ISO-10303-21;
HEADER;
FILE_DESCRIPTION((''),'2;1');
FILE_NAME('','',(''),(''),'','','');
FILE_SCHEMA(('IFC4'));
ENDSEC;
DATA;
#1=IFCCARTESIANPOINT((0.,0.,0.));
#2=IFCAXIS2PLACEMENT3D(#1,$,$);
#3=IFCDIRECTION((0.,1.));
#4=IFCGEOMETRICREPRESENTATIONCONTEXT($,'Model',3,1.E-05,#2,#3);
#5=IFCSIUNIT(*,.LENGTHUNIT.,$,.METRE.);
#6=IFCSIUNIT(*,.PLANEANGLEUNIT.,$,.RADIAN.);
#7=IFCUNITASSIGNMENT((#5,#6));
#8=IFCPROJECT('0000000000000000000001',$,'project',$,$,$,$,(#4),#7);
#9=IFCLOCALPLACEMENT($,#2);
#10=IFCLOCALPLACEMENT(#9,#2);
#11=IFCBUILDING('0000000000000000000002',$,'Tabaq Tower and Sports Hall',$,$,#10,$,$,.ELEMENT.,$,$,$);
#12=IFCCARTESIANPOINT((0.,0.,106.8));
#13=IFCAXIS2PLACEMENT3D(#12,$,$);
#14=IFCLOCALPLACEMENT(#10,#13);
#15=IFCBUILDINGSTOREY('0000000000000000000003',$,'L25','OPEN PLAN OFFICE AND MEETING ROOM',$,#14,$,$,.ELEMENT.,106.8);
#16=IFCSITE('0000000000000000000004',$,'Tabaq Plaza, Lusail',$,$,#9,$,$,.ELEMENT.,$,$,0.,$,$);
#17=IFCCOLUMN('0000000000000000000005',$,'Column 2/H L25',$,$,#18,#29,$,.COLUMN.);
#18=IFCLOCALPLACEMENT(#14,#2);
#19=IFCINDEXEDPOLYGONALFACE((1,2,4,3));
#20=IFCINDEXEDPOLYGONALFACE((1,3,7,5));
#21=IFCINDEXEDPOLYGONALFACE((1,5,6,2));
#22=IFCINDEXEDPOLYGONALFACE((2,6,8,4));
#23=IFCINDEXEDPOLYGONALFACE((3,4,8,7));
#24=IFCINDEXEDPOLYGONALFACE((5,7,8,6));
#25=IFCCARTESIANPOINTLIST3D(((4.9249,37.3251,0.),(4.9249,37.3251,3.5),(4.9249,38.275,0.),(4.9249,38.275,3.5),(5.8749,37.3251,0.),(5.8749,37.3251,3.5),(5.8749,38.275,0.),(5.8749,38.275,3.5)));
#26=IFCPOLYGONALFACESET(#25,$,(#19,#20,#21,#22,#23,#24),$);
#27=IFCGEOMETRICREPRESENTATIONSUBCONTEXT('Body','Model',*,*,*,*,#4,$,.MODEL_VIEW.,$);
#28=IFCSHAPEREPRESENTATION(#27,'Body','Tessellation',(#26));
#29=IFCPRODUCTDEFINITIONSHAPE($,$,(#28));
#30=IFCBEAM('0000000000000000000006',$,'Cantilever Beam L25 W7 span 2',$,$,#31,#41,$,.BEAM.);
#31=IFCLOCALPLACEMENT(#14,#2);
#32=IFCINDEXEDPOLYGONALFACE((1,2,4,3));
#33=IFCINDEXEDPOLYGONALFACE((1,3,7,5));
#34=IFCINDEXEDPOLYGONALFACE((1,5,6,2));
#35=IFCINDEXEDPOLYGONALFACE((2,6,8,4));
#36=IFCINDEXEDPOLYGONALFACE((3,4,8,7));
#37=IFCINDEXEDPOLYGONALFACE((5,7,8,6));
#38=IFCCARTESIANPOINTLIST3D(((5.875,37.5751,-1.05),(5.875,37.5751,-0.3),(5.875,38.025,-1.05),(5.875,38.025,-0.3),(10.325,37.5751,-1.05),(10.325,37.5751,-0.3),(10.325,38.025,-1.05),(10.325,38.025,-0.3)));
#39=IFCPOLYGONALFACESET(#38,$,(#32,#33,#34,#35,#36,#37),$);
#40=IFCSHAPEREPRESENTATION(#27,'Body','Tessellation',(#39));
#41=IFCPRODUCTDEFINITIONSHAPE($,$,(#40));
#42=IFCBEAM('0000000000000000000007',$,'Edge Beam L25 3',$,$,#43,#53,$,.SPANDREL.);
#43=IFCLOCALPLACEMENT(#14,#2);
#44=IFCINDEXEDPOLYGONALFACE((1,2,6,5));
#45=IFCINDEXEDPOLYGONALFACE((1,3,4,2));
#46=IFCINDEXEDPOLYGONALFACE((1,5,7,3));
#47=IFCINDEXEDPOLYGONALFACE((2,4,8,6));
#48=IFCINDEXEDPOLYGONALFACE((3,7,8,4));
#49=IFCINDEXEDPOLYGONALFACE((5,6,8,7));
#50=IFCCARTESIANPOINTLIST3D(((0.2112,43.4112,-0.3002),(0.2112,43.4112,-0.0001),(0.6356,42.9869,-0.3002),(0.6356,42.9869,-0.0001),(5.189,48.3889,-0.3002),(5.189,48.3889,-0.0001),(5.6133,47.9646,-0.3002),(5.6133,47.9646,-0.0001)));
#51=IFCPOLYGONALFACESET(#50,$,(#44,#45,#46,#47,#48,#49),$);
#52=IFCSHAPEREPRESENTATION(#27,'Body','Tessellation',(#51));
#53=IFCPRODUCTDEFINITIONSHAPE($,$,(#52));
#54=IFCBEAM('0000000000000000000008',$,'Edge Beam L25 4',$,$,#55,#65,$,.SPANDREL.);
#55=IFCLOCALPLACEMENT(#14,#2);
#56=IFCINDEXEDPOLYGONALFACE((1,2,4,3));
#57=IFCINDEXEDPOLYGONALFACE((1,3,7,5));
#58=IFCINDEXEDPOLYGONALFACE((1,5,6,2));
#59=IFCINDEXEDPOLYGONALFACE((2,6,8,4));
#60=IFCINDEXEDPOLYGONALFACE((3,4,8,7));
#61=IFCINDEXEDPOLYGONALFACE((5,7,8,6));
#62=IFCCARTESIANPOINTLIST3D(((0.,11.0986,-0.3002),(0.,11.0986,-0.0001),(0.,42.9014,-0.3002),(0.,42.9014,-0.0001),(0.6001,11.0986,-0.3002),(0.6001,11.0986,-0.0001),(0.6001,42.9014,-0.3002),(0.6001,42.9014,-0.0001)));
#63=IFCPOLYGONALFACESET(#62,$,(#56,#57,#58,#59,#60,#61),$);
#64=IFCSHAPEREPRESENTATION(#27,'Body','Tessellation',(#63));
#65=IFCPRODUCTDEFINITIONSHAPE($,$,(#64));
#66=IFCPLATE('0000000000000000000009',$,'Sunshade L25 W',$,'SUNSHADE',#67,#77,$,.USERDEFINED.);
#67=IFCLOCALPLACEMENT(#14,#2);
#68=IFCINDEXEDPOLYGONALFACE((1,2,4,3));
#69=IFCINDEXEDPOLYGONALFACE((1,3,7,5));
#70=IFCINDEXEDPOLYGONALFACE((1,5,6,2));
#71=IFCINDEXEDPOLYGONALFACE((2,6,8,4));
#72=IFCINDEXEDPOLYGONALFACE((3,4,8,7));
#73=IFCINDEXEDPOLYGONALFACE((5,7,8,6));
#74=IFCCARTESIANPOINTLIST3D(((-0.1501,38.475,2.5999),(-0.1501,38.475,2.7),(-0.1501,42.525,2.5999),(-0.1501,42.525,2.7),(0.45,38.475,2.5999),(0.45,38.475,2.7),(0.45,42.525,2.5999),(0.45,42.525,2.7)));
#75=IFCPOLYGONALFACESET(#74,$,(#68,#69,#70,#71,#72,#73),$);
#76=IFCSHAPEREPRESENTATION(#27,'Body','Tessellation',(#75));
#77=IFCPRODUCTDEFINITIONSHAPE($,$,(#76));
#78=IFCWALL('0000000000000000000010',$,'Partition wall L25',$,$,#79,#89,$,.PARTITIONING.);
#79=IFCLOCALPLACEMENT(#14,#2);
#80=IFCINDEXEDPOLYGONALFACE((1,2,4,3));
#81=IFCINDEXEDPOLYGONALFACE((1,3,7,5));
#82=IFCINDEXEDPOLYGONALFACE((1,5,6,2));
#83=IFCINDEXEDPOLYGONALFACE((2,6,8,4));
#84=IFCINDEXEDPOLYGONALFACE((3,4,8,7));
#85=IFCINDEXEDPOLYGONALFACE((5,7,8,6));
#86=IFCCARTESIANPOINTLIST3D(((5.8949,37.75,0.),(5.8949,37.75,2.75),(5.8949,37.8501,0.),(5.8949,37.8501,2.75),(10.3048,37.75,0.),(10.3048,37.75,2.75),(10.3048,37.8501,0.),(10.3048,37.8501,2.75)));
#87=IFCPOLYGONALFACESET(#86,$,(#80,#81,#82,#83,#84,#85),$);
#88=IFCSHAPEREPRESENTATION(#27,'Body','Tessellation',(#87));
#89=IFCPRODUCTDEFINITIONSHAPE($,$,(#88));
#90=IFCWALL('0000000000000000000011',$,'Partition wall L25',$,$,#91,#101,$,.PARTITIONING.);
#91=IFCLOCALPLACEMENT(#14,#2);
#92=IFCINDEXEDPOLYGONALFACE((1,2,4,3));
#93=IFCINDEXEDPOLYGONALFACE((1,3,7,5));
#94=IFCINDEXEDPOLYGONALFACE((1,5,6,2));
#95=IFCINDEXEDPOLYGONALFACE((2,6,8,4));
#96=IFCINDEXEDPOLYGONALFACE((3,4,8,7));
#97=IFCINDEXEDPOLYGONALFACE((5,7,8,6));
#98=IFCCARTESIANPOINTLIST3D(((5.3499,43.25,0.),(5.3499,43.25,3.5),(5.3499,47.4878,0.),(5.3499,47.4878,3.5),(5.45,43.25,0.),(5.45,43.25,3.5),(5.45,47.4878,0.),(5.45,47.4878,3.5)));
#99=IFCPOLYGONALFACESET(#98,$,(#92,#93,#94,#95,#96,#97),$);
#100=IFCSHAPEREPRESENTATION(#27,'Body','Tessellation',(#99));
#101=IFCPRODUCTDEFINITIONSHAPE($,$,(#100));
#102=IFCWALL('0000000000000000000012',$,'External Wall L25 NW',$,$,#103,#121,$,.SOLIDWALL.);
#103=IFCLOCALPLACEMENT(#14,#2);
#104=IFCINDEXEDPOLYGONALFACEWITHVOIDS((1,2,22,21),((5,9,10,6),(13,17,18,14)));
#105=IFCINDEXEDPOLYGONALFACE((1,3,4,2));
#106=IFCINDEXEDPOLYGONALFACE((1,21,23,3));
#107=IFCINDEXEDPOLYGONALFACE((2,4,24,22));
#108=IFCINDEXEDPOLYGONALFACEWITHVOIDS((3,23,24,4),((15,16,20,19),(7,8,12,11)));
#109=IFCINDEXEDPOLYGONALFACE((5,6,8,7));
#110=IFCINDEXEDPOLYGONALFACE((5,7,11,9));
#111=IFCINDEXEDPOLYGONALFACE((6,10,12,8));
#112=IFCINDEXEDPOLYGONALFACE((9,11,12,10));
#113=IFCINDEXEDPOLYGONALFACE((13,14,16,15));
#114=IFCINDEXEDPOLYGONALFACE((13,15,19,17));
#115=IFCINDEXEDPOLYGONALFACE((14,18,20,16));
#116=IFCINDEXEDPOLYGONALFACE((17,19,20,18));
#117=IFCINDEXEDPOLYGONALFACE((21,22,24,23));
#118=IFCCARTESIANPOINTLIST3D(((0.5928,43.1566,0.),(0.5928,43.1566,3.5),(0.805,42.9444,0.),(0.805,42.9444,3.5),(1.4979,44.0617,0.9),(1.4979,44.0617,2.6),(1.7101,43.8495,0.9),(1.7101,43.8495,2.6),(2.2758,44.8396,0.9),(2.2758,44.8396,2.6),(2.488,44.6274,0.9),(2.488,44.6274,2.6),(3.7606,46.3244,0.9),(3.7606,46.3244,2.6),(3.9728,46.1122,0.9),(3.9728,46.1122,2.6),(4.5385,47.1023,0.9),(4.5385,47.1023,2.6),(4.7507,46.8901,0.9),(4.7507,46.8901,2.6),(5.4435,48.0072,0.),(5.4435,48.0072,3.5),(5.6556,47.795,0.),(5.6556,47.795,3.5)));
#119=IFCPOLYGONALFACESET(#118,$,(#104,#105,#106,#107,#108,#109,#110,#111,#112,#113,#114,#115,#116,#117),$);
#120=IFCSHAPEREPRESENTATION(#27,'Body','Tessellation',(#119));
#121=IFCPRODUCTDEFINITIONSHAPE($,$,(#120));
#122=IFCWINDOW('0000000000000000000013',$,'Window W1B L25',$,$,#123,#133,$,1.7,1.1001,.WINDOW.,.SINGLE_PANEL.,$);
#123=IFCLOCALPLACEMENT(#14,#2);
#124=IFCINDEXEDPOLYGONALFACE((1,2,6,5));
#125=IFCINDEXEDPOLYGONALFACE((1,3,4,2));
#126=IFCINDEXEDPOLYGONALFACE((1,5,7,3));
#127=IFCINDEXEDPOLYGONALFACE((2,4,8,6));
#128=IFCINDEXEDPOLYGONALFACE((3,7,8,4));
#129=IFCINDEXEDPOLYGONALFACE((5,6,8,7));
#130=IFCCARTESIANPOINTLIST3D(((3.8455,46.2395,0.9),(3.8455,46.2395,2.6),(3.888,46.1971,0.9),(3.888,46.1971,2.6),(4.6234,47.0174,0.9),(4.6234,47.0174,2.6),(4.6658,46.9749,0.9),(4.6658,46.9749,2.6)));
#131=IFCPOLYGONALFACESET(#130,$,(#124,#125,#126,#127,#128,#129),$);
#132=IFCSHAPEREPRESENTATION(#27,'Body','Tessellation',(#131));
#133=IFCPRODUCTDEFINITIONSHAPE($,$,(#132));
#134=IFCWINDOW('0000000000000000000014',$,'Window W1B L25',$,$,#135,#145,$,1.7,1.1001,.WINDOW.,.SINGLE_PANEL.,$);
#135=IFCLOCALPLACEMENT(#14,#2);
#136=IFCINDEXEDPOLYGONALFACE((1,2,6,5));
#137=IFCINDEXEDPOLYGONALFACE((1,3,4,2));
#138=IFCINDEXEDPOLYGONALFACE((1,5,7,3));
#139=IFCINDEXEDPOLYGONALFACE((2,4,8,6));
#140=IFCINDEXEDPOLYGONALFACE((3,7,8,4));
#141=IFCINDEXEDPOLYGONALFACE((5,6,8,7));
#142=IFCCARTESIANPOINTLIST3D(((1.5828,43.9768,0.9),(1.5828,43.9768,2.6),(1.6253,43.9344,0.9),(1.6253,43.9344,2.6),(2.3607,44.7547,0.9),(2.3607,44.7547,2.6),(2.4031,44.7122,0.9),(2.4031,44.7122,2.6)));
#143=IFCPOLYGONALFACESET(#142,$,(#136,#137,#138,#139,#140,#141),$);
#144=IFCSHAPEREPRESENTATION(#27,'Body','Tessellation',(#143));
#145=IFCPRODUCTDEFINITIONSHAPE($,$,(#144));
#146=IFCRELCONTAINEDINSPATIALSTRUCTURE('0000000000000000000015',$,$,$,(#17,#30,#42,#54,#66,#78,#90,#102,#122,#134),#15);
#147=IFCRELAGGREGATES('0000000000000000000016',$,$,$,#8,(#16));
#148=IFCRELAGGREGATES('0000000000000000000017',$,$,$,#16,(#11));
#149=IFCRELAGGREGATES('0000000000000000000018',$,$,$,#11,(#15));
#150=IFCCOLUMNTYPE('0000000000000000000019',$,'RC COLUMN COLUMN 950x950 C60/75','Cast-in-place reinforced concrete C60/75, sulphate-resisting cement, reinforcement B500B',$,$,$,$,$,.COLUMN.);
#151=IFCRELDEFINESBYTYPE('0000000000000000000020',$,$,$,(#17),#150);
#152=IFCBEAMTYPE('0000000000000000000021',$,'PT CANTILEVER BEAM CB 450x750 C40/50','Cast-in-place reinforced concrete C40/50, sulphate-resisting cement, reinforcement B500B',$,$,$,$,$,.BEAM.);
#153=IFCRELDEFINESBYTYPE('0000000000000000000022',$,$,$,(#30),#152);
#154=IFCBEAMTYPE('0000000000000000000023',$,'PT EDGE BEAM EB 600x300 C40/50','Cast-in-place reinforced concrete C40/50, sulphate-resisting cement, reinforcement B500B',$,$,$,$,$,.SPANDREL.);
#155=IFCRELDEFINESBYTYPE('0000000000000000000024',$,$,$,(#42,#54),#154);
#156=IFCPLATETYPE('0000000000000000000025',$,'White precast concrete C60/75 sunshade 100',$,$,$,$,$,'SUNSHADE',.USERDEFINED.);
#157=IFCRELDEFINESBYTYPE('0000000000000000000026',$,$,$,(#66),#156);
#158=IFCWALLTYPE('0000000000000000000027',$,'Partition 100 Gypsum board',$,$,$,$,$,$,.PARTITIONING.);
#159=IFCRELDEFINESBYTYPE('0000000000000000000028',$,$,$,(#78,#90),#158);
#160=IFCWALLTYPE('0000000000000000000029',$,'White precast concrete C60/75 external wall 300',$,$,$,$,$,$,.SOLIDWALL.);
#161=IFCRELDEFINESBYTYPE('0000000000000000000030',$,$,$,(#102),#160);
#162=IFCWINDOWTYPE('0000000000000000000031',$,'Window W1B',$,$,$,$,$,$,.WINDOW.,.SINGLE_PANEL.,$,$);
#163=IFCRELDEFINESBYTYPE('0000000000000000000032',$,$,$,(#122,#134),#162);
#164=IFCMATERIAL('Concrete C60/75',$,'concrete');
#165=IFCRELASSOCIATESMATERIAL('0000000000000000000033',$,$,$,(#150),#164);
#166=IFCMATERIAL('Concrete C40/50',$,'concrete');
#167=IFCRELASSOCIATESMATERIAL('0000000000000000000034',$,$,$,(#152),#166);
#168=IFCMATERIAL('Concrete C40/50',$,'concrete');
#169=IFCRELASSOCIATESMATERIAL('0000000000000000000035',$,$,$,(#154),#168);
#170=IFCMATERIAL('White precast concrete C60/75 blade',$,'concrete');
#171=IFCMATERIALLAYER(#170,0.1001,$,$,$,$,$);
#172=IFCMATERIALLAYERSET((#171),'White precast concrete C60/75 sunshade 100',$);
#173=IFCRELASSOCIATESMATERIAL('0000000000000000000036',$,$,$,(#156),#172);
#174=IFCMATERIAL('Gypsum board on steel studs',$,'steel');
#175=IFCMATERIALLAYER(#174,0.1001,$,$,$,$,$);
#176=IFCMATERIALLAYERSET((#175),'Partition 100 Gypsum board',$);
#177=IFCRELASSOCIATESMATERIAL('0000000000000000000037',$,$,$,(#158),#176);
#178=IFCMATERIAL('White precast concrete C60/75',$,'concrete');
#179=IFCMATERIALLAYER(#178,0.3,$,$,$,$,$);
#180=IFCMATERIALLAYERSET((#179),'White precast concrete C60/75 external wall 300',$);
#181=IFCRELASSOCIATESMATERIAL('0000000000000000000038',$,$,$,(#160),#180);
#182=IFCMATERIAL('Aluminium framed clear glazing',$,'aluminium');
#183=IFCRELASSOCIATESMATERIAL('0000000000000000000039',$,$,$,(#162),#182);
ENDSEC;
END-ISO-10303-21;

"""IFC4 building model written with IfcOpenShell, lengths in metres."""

from ifc_helpers import new_model, si_unit, direction, frame, frame_2d, origin, origin_2d, place, context, subcontext, project, spatial, rectangle, extrude, material, layer, layer_set, material_profile, profile_set, type_object, element, fill, save


model = new_model("IFC4")

# Units and contexts
model_context = context("Model", 3, precision=1e-05, world=origin(), true_north=direction((0.0, 1.0)))
body_context = subcontext(model_context, "Body", "Model", "MODEL_VIEW")
ifc_project = project(units=[si_unit("LENGTHUNIT", "METRE"), si_unit("PLANEANGLEUNIT", "RADIAN")], contexts=[model_context])

# Site, building, storey
site_placement = place(None, origin())
site = spatial("IfcSite", under=ifc_project, at=site_placement, Name="Tabaq Plaza, Lusail", CompositionType="ELEMENT", RefElevation=0.0)
building_placement = place(site_placement, origin())
building = spatial("IfcBuilding", under=site, at=building_placement, Name="Tabaq Tower and Sports Hall", CompositionType="ELEMENT")
storey_placement = place(building_placement, frame((0.0, 0.0, 106.8)))
storey = spatial("IfcBuildingStorey", under=building, at=storey_placement, Name="L25", Description="OPEN PLAN OFFICE AND MEETING ROOM", CompositionType="ELEMENT", Elevation=106.8)

# Column
ifc_material_1 = material(Name="Concrete C60/75", Category="concrete")
ifc_material_profile_1 = material_profile(ifc_material_1, rectangle(XDim=0.95, YDim=0.95, at=origin_2d()), Name="COLUMN 950x950")
ifc_profile_set_1 = profile_set([ifc_material_profile_1], Name="Concrete C60/75")
column_type = type_object("IfcColumnType", Name="RC COLUMN COLUMN 950x950 C60/75", Description="Cast-in-place reinforced concrete C60/75, sulphate-resisting cement, reinforcement B500B", PredefinedType="COLUMN", material=ifc_profile_set_1)
column_placement = place(storey_placement, frame((5.3999, 37.8, 0.0), z_axis=(0.0, 0.0, 1.0), x_axis=(1.0, 0.0, 0.0)))
element("IfcColumn", 1, at=column_placement, inside=storey, type_object=column_type, Name="Column 2/H L25", PredefinedType="COLUMN", context=body_context, shape_type="SweptSolid", body=[
    extrude(rectangle(XDim=0.95, YDim=0.95, at=origin_2d()), origin(), (0.0, 0.0, 1.0), 3.5),
])

# Beams
ifc_material_2 = material(Name="Concrete C40/50", Category="concrete")
ifc_material_profile_2 = material_profile(ifc_material_2, rectangle(XDim=0.45, YDim=0.75, at=origin_2d()), Name="CB 450x750")
ifc_profile_set_2 = profile_set([ifc_material_profile_2], Name="Concrete C40/50")
beam_type_1 = type_object("IfcBeamType", Name="PT CANTILEVER BEAM CB 450x750 C40/50", Description="Cast-in-place reinforced concrete C40/50, sulphate-resisting cement, reinforcement B500B", PredefinedType="BEAM", material=ifc_profile_set_2)
beam_1_placement = place(storey_placement, frame((5.875, 37.8, -0.675), z_axis=(1.0, 0.0, 0.0), x_axis=(0.0, 1.0, 0.0)))
element("IfcBeam", 2, at=beam_1_placement, inside=storey, type_object=beam_type_1, Name="Cantilever Beam L25 W7 span 2", PredefinedType="BEAM", context=body_context, shape_type="SweptSolid", body=[
    extrude(rectangle(XDim=0.45, YDim=0.75, at=origin_2d()), origin(), (0.0, 0.0, 1.0), 4.45),
])
ifc_material_3 = material(Name="Concrete C40/50", Category="concrete")
ifc_material_profile_3 = material_profile(ifc_material_3, rectangle(XDim=0.6001, YDim=0.3, at=origin_2d()), Name="EB 600x300")
ifc_profile_set_3 = profile_set([ifc_material_profile_3], Name="Concrete C40/50")
beam_type_2 = type_object("IfcBeamType", Name="PT EDGE BEAM EB 600x300 C40/50", Description="Cast-in-place reinforced concrete C40/50, sulphate-resisting cement, reinforcement B500B", PredefinedType="SPANDREL", material=ifc_profile_set_3)
beam_2_placement = place(storey_placement, frame((5.4011, 48.1768, -0.1501), z_axis=(-0.707107, -0.707107, 0.0), x_axis=(0.707107, -0.707107, 0.0)))
element("IfcBeam", 3, at=beam_2_placement, inside=storey, type_object=beam_type_2, Name="Edge Beam L25 3", PredefinedType="SPANDREL", context=body_context, shape_type="SweptSolid", body=[
    extrude(rectangle(XDim=0.6001, YDim=0.3, at=origin_2d()), origin(), (0.0, 0.0, 1.0), 7.0396),
])
beam_3_placement = place(storey_placement, frame((0.3, 42.9014, -0.1501), z_axis=(0.0, -1.0, 0.0), x_axis=(1.0, 0.0, 0.0)))
element("IfcBeam", 4, at=beam_3_placement, inside=storey, type_object=beam_type_2, Name="Edge Beam L25 4", PredefinedType="SPANDREL", context=body_context, shape_type="SweptSolid", body=[
    extrude(rectangle(XDim=0.6001, YDim=0.3, at=origin_2d()), origin(), (0.0, 0.0, 1.0), 31.8027),
])

# Plate
ifc_material_4 = material(Name="White precast concrete C60/75 blade", Category="concrete")
ifc_layer_1 = layer(ifc_material_4, 0.1001)
ifc_layer_set_1 = layer_set([ifc_layer_1], Name="White precast concrete C60/75 sunshade 100")
plate_type = type_object("IfcPlateType", Name="White precast concrete C60/75 sunshade 100", ElementType="SUNSHADE", PredefinedType="USERDEFINED", material=ifc_layer_set_1)
plate_placement = place(storey_placement, frame((0.1499, 40.5, 2.5999), z_axis=(0.0, 0.0, 1.0), x_axis=(0.0, -1.0, 0.0)))
element("IfcPlate", 5, at=plate_placement, inside=storey, type_object=plate_type, Name="Sunshade L25 W", ObjectType="SUNSHADE", PredefinedType="USERDEFINED", context=body_context, shape_type="SweptSolid", body=[
    extrude(rectangle(XDim=4.05, YDim=0.6001, at=origin_2d()), origin(), (0.0, 0.0, 1.0), 0.1001),
])

# Walls
ifc_material_5 = material(Name="Gypsum board on steel studs", Category="steel")
ifc_layer_2 = layer(ifc_material_5, 0.1001)
ifc_layer_set_2 = layer_set([ifc_layer_2], Name="Partition 100 Gypsum board")
wall_type_1 = type_object("IfcWallType", Name="Partition 100 Gypsum board", PredefinedType="PARTITIONING", material=ifc_layer_set_2)
wall_1_placement = place(storey_placement, frame((10.3049, 37.8, 0.0), z_axis=(0.0, 0.0, 1.0), x_axis=(-1.0, 0.0, 0.0)))
element("IfcWall", 6, at=wall_1_placement, inside=storey, type_object=wall_type_1, Name="Partition wall L25", PredefinedType="PARTITIONING", context=body_context, shape_type="SweptSolid", body=[
    extrude(rectangle(XDim=4.4099, YDim=0.1001, at=frame_2d((2.2051, 0.0))), origin(), (0.0, 0.0, 1.0), 2.75),
])
wall_2_placement = place(storey_placement, frame((5.3999, 43.25, 0.0), z_axis=(0.0, 0.0, 1.0), x_axis=(0.0, 1.0, 0.0)))
element("IfcWall", 7, at=wall_2_placement, inside=storey, type_object=wall_type_1, Name="Partition wall L25", PredefinedType="PARTITIONING", context=body_context, shape_type="SweptSolid", body=[
    extrude(rectangle(XDim=4.2378, YDim=0.1001, at=frame_2d((2.1189, 0.0))), origin(), (0.0, 0.0, 1.0), 3.5),
])

# Wall, openings, windows
ifc_material_6 = material(Name="White precast concrete C60/75", Category="concrete")
ifc_layer_3 = layer(ifc_material_6, 0.3)
ifc_layer_set_3 = layer_set([ifc_layer_3], Name="White precast concrete C60/75 external wall 300")
wall_type_2 = type_object("IfcWallType", Name="White precast concrete C60/75 external wall 300", PredefinedType="SOLIDWALL", material=ifc_layer_set_3)
wall_3_placement = place(storey_placement, frame((5.5496, 47.9011, 0.0), z_axis=(0.0, 0.0, 1.0), x_axis=(-0.707107, -0.707107, 0.0)))
wall_3 = element("IfcWall", 8, at=wall_3_placement, inside=storey, type_object=wall_type_2, Name="External Wall L25 NW", PredefinedType="SOLIDWALL", context=body_context, shape_type="SweptSolid", body=[
    extrude(rectangle(XDim=6.8599, YDim=0.3, at=frame_2d((3.4299, 0.0))), origin(), (0.0, 0.0, 1.0), 3.5),
])
opening_1_placement = place(wall_3_placement, frame((1.2798, 0.0, 0.8999)))
opening_1 = element("IfcOpeningElement", 9, at=opening_1_placement, cuts=wall_3, PredefinedType="OPENING", context=body_context, shape_type="SweptSolid", body=[
    extrude(rectangle(XDim=1.1001, YDim=1.7, at=frame_2d((0.55, 0.8501))), frame((0.0, 0.1602, 0.0), z_axis=(0.0, -1.0, 0.0), x_axis=(1.0, 0.0, 0.0)), (0.0, 0.0, 1.0), 0.3201),
])
opening_2_placement = place(wall_3_placement, frame((4.4797, 0.0, 0.8999)))
opening_2 = element("IfcOpeningElement", 10, at=opening_2_placement, cuts=wall_3, PredefinedType="OPENING", context=body_context, shape_type="SweptSolid", body=[
    extrude(rectangle(XDim=1.1001, YDim=1.7, at=frame_2d((0.55, 0.8501))), frame((0.0, 0.1602, 0.0), z_axis=(0.0, -1.0, 0.0), x_axis=(1.0, 0.0, 0.0)), (0.0, 0.0, 1.0), 0.3201),
])
ifc_material_7 = material(Name="Aluminium framed clear glazing", Category="aluminium")
window_type_1 = type_object("IfcWindowType", Name="Window W1B", PartitioningType="SINGLE_PANEL", PredefinedType="WINDOW", material=ifc_material_7)
window_1_placement = place(opening_1_placement, origin())
window_1 = element("IfcWindow", 11, at=window_1_placement, inside=storey, type_object=window_type_1, Name="Window W1B L25", OverallHeight=1.7, OverallWidth=1.1001, PartitioningType="SINGLE_PANEL", PredefinedType="WINDOW", context=body_context, shape_type="SweptSolid", body=[
    extrude(rectangle(XDim=1.1001, YDim=1.7, at=frame_2d((0.55, 0.8501))), frame((0.0, 0.03, 0.0), z_axis=(0.0, -1.0, 0.0), x_axis=(1.0, 0.0, 0.0)), (0.0, 0.0, 1.0), 0.0601),
])
fill(opening_1, window_1)
window_2_placement = place(opening_2_placement, origin())
window_2 = element("IfcWindow", 12, at=window_2_placement, inside=storey, type_object=window_type_1, Name="Window W1B L25", OverallHeight=1.7, OverallWidth=1.1001, PartitioningType="SINGLE_PANEL", PredefinedType="WINDOW", context=body_context, shape_type="SweptSolid", body=[
    extrude(rectangle(XDim=1.1001, YDim=1.7, at=frame_2d((0.55, 0.8501))), frame((0.0, 0.03, 0.0), z_axis=(0.0, -1.0, 0.0), x_axis=(1.0, 0.0, 0.0)), (0.0, 0.0, 1.0), 0.0601),
])
fill(opening_2, window_2)

save(model, "model.ifc")
